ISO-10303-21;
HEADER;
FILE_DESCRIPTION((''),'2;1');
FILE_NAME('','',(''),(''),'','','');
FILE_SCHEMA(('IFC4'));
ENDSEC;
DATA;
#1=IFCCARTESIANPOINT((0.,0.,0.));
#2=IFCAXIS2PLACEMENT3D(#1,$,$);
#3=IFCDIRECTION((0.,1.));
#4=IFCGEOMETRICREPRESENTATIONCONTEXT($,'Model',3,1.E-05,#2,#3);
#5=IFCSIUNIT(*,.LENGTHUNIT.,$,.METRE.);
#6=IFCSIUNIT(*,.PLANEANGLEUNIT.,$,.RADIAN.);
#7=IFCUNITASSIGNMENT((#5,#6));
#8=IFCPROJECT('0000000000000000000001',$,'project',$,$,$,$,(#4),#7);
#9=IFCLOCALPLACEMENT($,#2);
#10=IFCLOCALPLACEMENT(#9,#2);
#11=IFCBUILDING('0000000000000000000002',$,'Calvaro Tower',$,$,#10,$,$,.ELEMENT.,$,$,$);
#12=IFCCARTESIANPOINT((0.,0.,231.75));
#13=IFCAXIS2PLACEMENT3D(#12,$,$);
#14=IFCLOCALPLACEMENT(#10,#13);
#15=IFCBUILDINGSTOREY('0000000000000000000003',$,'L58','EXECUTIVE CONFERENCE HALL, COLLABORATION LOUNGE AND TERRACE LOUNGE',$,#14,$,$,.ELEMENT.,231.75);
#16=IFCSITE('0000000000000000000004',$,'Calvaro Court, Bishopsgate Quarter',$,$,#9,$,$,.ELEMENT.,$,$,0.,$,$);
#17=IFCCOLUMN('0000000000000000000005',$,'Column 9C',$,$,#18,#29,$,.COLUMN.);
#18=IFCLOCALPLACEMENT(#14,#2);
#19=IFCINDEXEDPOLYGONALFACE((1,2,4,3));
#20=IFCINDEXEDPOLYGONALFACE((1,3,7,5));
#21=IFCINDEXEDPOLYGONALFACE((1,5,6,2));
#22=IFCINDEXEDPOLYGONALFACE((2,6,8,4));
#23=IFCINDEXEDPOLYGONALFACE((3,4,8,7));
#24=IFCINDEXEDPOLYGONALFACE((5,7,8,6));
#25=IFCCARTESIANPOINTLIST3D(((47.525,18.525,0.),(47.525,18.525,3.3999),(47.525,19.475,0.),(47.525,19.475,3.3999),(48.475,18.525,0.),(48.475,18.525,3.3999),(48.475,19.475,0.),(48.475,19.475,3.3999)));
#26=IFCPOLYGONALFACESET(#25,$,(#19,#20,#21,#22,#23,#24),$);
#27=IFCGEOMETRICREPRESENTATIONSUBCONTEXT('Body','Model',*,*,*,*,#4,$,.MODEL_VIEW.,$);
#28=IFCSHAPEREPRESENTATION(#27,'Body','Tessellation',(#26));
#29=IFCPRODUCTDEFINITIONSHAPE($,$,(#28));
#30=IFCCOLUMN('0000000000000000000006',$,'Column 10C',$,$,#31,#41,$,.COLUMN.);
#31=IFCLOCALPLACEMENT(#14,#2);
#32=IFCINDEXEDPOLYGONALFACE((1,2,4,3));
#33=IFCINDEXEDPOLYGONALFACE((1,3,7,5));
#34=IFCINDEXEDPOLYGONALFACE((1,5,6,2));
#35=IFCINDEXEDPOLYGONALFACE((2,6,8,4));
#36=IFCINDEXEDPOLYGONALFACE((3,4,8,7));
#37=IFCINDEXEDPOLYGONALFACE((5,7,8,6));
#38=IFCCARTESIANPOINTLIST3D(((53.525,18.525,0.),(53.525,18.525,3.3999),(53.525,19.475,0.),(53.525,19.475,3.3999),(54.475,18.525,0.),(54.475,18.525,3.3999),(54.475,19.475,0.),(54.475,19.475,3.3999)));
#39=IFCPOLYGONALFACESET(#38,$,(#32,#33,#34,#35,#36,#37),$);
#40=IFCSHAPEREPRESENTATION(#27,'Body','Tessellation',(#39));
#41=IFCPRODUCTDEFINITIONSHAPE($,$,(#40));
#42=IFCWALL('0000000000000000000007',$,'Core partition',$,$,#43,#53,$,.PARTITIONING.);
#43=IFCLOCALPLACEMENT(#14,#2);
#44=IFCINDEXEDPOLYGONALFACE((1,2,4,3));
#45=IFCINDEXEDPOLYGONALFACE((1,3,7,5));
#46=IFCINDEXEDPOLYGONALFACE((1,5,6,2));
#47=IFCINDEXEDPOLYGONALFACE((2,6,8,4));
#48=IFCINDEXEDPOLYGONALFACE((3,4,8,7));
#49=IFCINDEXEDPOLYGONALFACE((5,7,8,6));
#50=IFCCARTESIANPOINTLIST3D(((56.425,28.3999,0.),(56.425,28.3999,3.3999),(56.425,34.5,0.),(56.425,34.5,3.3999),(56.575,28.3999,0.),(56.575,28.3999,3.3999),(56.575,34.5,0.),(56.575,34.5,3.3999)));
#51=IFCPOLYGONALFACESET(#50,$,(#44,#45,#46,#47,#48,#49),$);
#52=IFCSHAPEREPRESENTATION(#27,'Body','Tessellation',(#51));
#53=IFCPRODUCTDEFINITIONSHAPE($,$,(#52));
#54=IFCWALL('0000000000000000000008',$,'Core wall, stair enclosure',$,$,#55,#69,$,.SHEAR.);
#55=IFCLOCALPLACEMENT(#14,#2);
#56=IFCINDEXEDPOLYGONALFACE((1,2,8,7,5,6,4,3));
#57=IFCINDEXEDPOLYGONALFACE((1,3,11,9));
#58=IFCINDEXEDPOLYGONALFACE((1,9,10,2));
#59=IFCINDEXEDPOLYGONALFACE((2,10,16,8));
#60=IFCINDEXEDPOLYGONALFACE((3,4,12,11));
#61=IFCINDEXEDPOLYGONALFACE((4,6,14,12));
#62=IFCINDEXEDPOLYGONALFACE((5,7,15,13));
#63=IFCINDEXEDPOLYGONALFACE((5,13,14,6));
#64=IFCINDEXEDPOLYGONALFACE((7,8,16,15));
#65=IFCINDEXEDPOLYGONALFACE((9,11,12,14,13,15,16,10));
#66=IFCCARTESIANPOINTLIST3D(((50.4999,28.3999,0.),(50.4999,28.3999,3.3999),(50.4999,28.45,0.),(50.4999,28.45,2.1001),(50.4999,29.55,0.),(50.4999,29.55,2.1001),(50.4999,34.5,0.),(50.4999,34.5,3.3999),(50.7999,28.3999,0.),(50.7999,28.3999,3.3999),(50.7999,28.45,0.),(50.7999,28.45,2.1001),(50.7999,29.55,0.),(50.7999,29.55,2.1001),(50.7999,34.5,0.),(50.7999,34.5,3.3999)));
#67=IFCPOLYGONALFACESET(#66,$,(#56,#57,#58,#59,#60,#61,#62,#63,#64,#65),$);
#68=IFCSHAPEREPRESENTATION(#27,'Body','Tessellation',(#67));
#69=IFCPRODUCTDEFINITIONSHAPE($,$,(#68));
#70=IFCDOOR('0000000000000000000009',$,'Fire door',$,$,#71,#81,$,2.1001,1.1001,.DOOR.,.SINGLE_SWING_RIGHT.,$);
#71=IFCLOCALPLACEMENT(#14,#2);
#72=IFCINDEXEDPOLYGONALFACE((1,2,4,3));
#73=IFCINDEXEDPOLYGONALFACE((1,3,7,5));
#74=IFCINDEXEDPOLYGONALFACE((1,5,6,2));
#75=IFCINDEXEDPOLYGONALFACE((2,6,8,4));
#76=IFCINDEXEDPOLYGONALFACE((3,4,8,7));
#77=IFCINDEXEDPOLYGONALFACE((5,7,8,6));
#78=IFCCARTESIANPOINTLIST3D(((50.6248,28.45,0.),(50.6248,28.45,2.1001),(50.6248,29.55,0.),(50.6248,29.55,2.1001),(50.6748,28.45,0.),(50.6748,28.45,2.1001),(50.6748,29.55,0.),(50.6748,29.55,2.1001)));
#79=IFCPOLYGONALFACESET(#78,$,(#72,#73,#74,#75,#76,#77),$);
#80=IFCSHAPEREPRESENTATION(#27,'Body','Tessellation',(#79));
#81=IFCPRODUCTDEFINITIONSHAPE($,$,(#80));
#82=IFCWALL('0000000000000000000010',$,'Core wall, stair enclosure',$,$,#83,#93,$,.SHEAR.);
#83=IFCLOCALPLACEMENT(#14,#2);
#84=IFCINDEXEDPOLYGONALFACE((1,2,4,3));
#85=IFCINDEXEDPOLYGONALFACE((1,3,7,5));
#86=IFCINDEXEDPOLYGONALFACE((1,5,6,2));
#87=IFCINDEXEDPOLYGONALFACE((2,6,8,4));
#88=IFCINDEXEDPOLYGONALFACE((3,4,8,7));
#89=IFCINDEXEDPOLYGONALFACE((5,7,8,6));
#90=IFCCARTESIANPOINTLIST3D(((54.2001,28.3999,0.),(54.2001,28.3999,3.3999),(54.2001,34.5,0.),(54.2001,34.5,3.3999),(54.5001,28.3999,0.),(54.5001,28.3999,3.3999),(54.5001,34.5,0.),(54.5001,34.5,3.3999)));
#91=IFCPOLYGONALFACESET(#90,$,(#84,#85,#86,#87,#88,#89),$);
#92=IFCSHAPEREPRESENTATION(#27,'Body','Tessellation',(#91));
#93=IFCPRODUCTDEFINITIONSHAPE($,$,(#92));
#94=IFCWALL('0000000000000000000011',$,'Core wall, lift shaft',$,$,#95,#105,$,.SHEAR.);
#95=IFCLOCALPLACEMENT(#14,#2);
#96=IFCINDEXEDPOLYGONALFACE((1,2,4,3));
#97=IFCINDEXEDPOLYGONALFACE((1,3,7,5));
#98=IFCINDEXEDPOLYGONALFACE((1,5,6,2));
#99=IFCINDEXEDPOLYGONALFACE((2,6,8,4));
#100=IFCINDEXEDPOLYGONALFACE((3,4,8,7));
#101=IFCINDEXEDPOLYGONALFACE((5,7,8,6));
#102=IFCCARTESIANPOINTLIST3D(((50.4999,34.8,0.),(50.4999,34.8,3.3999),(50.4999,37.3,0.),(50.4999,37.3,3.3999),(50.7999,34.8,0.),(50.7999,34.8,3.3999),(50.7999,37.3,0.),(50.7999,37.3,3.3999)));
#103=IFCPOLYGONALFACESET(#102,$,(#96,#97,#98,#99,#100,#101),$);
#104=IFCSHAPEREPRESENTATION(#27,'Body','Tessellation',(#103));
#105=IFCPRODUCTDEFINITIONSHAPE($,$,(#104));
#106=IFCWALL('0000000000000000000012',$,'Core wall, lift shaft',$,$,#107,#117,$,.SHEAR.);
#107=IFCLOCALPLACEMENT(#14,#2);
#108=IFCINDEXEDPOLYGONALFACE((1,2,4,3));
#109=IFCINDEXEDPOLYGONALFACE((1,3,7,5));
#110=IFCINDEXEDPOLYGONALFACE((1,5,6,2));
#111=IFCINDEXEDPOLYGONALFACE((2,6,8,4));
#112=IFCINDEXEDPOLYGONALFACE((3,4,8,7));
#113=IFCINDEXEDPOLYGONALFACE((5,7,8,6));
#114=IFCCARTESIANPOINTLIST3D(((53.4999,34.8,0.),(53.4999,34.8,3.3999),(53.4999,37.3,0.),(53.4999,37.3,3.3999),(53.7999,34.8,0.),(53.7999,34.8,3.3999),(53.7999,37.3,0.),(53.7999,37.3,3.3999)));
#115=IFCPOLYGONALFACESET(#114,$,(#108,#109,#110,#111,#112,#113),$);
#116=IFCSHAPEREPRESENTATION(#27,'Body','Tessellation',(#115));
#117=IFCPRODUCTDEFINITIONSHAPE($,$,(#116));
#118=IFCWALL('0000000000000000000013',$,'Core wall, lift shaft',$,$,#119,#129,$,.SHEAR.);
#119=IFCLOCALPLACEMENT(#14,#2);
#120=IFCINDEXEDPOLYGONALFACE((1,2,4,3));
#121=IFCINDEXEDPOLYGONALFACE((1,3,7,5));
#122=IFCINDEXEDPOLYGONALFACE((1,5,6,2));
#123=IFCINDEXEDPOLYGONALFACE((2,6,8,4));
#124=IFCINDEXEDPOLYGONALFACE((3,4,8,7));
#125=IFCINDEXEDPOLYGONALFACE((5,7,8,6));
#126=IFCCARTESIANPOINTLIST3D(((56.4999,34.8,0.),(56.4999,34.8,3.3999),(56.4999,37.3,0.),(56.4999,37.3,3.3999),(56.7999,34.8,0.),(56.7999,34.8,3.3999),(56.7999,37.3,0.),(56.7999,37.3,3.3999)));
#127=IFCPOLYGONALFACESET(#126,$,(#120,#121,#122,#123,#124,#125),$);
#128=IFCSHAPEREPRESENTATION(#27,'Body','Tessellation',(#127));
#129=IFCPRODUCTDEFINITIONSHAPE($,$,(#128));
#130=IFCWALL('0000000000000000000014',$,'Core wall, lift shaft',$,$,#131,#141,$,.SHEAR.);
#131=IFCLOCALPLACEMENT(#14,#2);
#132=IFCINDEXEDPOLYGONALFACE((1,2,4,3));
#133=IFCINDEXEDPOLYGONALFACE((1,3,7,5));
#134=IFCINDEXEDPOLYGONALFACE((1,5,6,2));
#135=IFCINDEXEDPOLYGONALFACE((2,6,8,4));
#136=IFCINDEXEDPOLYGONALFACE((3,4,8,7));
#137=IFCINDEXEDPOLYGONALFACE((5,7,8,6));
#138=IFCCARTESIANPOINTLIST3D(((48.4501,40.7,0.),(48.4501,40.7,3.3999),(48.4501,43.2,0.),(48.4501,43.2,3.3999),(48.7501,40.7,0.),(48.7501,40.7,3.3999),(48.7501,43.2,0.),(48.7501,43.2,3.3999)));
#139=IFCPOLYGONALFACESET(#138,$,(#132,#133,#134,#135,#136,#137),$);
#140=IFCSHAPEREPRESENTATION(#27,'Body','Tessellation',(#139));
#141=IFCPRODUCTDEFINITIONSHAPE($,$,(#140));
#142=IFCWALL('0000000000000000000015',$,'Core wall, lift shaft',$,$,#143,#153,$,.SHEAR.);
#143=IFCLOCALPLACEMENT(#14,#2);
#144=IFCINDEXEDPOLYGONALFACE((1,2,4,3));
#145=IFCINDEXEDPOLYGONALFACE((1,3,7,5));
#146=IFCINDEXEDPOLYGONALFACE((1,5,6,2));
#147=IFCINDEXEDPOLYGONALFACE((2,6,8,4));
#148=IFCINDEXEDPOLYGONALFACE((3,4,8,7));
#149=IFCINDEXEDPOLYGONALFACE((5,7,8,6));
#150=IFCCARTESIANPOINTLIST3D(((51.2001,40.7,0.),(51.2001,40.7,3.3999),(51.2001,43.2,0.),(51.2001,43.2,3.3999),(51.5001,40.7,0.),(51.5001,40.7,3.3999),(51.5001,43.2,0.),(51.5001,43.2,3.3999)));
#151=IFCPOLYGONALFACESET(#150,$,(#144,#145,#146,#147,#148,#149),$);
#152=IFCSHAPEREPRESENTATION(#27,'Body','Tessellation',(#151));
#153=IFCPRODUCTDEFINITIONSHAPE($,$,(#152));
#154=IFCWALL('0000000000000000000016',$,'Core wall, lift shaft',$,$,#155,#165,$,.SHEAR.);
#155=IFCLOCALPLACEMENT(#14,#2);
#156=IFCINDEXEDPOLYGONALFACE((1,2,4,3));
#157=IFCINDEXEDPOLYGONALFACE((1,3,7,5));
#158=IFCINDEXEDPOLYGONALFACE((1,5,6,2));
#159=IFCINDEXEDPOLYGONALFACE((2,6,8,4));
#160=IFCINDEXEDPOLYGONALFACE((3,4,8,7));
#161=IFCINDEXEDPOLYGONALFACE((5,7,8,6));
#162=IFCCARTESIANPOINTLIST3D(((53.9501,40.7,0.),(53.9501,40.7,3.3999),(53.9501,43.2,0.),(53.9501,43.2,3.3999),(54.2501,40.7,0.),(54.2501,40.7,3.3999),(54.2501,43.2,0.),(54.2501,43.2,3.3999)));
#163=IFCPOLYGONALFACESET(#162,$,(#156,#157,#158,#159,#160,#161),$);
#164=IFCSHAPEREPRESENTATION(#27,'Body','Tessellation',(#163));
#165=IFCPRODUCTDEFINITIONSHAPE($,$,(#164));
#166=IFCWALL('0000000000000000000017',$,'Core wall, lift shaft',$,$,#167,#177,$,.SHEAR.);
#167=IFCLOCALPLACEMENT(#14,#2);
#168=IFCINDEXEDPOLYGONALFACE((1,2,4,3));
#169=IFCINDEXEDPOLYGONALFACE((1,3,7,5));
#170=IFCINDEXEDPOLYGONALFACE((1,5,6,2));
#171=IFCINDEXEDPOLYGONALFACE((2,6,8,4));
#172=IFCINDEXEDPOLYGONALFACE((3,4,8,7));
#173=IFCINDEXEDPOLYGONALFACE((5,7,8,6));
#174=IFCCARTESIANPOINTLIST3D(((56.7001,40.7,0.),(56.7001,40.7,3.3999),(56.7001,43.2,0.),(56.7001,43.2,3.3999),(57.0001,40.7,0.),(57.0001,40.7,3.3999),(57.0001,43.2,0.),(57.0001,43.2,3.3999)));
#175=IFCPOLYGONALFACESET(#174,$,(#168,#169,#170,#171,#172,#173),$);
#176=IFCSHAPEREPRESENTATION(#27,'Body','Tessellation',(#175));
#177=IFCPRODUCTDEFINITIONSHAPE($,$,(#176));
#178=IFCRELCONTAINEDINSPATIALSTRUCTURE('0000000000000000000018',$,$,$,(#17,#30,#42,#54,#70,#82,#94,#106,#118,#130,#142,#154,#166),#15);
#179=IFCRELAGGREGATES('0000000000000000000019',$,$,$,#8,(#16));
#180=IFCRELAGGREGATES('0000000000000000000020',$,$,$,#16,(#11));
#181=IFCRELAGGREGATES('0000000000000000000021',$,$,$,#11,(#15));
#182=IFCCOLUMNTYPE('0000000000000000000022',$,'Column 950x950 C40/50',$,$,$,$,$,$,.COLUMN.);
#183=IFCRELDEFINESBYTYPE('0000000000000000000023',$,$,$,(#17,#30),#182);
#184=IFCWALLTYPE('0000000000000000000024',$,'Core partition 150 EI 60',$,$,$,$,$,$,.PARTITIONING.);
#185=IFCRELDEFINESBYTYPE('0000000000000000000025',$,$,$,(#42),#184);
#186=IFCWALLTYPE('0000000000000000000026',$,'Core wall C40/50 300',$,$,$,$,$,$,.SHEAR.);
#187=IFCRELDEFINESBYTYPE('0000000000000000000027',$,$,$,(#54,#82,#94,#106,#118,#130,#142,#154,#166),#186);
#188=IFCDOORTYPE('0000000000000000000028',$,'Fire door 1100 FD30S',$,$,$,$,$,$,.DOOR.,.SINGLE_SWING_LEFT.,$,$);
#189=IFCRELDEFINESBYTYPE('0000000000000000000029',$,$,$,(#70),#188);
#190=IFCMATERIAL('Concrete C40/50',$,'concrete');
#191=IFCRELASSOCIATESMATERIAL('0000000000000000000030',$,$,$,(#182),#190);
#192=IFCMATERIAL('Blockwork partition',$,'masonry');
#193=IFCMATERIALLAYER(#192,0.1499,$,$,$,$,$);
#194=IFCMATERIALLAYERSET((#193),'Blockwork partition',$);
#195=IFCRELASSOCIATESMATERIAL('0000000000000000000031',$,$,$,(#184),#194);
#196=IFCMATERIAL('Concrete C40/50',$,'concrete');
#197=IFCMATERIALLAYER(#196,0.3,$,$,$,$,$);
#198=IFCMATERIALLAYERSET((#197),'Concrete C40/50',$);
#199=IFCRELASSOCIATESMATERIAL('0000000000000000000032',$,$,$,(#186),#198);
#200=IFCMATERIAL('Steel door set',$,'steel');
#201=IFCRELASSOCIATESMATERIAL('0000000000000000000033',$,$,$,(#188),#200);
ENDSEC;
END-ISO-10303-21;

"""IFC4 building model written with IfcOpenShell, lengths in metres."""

from ifc_helpers import new_model, si_unit, direction, frame, frame_2d, origin, origin_2d, place, context, subcontext, project, spatial, rectangle, extrude, material, layer, layer_set, material_profile, profile_set, type_object, element, fill, save


model = new_model("IFC4")

# Units and contexts
model_context = context("Model", 3, precision=1e-05, world=origin(), true_north=direction((0.0, 1.0)))
body_context = subcontext(model_context, "Body", "Model", "MODEL_VIEW")
ifc_project = project(units=[si_unit("LENGTHUNIT", "METRE"), si_unit("PLANEANGLEUNIT", "RADIAN")], contexts=[model_context])

# Site, building, storey
site_placement = place(None, origin())
site = spatial("IfcSite", under=ifc_project, at=site_placement, Name="Calvaro Court, Bishopsgate Quarter", CompositionType="ELEMENT", RefElevation=0.0)
building_placement = place(site_placement, origin())
building = spatial("IfcBuilding", under=site, at=building_placement, Name="Calvaro Tower", CompositionType="ELEMENT")
storey_placement = place(building_placement, frame((0.0, 0.0, 231.75)))
storey = spatial("IfcBuildingStorey", under=building, at=storey_placement, Name="L58", Description="EXECUTIVE CONFERENCE HALL, COLLABORATION LOUNGE AND TERRACE LOUNGE", CompositionType="ELEMENT", Elevation=231.75)

# Columns
ifc_material_1 = material(Name="Concrete C40/50", Category="concrete")
ifc_material_profile = material_profile(ifc_material_1, rectangle(XDim=0.95, YDim=0.95, at=origin_2d()), Name="RC 950x950")
ifc_profile_set = profile_set([ifc_material_profile], Name="Concrete C40/50")
column_type = type_object("IfcColumnType", Name="Column 950x950 C40/50", PredefinedType="COLUMN", material=ifc_profile_set)
for number, where, z_axis, x_axis, name in (
    (1, (48.0, 19.0, 0.0), (0.0, 0.0, 1.0), (1.0, 0.0, 0.0), "Column 9C"),
    (2, (54.0, 19.0, 0.0), (0.0, 0.0, 1.0), (1.0, 0.0, 0.0), "Column 10C"),
):
    element("IfcColumn", number, at=place(storey_placement, frame(where, z_axis=z_axis, x_axis=x_axis)), inside=storey, type_object=column_type, Name=name, PredefinedType="COLUMN", context=body_context, shape_type="SweptSolid", body=[
        extrude(rectangle(XDim=0.95, YDim=0.95, at=origin_2d()), origin(), (0.0, 0.0, 1.0), 3.3999),
    ])

# Wall
ifc_material_2 = material(Name="Blockwork partition", Category="masonry")
ifc_layer_1 = layer(ifc_material_2, 0.1499)
ifc_layer_set_1 = layer_set([ifc_layer_1], Name="Blockwork partition")
wall_type_1 = type_object("IfcWallType", Name="Core partition 150 EI 60", PredefinedType="PARTITIONING", material=ifc_layer_set_1)
wall_1_placement = place(storey_placement, frame((56.5, 28.3999, 0.0), z_axis=(0.0, 0.0, 1.0), x_axis=(0.0, 1.0, 0.0)))
element("IfcWall", 3, at=wall_1_placement, inside=storey, type_object=wall_type_1, Name="Core partition", PredefinedType="PARTITIONING", context=body_context, shape_type="SweptSolid", body=[
    extrude(rectangle(XDim=6.1001, YDim=0.1499, at=frame_2d((3.05, 0.0))), origin(), (0.0, 0.0, 1.0), 3.3999),
])

# Wall, opening, door
ifc_material_3 = material(Name="Concrete C40/50", Category="concrete")
ifc_layer_2 = layer(ifc_material_3, 0.3)
ifc_layer_set_2 = layer_set([ifc_layer_2], Name="Concrete C40/50")
wall_type_2 = type_object("IfcWallType", Name="Core wall C40/50 300", PredefinedType="SHEAR", material=ifc_layer_set_2)
wall_2_placement = place(storey_placement, frame((50.6499, 34.5, 0.0), z_axis=(0.0, 0.0, 1.0), x_axis=(0.0, -1.0, 0.0)))
wall_2 = element("IfcWall", 4, at=wall_2_placement, inside=storey, type_object=wall_type_2, Name="Core wall, stair enclosure", PredefinedType="SHEAR", context=body_context, shape_type="SweptSolid", body=[
    extrude(rectangle(XDim=6.1001, YDim=0.3, at=frame_2d((3.05, 0.0))), origin(), (0.0, 0.0, 1.0), 3.3999),
])
opening_1_placement = place(wall_2_placement, frame((4.95, 0.0, 0.0)))
opening_1 = element("IfcOpeningElement", 5, at=opening_1_placement, cuts=wall_2, PredefinedType="OPENING", context=body_context, shape_type="SweptSolid", body=[
    extrude(rectangle(XDim=1.1001, YDim=2.1001, at=frame_2d((0.55, 1.05))), frame((0.0, 0.1599, 0.0), z_axis=(0.0, -1.0, 0.0), x_axis=(1.0, 0.0, 0.0)), (0.0, 0.0, 1.0), 0.3201),
])
ifc_material_4 = material(Name="Steel door set", Category="steel")
door_type_1 = type_object("IfcDoorType", Name="Fire door 1100 FD30S", OperationType="SINGLE_SWING_LEFT", PredefinedType="DOOR", material=ifc_material_4)
door_1_placement = place(opening_1_placement, origin())
door_1 = element("IfcDoor", 6, at=door_1_placement, inside=storey, type_object=door_type_1, Name="Fire door", OperationType="SINGLE_SWING_RIGHT", OverallHeight=2.1001, OverallWidth=1.1001, PredefinedType="DOOR", context=body_context, shape_type="SweptSolid", body=[
    extrude(rectangle(XDim=1.1001, YDim=2.1001, at=frame_2d((0.55, 1.05))), frame((0.0, 0.0249, 0.0), z_axis=(0.0, -1.0, 0.0), x_axis=(1.0, 0.0, 0.0)), (0.0, 0.0, 1.0), 0.05),
])
fill(opening_1, door_1)

# Walls
wall_3_placement = place(storey_placement, frame((54.3501, 28.3999, 0.0), z_axis=(0.0, 0.0, 1.0), x_axis=(0.0, 1.0, 0.0)))
element("IfcWall", 7, at=wall_3_placement, inside=storey, type_object=wall_type_2, Name="Core wall, stair enclosure", PredefinedType="SHEAR", context=body_context, shape_type="SweptSolid", body=[
    extrude(rectangle(XDim=6.1001, YDim=0.3, at=frame_2d((3.05, 0.0))), origin(), (0.0, 0.0, 1.0), 3.3999),
])
for number, where, z_axis, x_axis, name in (
    (8, (50.6499, 34.8, 0.0), (0.0, 0.0, 1.0), (0.0, 1.0, 0.0), "Core wall, lift shaft"),
    (9, (53.6499, 34.8, 0.0), (0.0, 0.0, 1.0), (0.0, 1.0, 0.0), "Core wall, lift shaft"),
    (10, (56.6499, 34.8, 0.0), (0.0, 0.0, 1.0), (0.0, 1.0, 0.0), "Core wall, lift shaft"),
    (11, (48.6001, 40.7, 0.0), (0.0, 0.0, 1.0), (0.0, 1.0, 0.0), "Core wall, lift shaft"),
    (12, (51.3501, 40.7, 0.0), (0.0, 0.0, 1.0), (0.0, 1.0, 0.0), "Core wall, lift shaft"),
    (13, (54.1001, 40.7, 0.0), (0.0, 0.0, 1.0), (0.0, 1.0, 0.0), "Core wall, lift shaft"),
    (14, (56.8501, 40.7, 0.0), (0.0, 0.0, 1.0), (0.0, 1.0, 0.0), "Core wall, lift shaft"),
):
    element("IfcWall", number, at=place(storey_placement, frame(where, z_axis=z_axis, x_axis=x_axis)), inside=storey, type_object=wall_type_2, Name=name, PredefinedType="SHEAR", context=body_context, shape_type="SweptSolid", body=[
        extrude(rectangle(XDim=2.5, YDim=0.3, at=frame_2d((1.25, 0.0))), origin(), (0.0, 0.0, 1.0), 3.3999),
    ])

save(model, "model.ifc")
